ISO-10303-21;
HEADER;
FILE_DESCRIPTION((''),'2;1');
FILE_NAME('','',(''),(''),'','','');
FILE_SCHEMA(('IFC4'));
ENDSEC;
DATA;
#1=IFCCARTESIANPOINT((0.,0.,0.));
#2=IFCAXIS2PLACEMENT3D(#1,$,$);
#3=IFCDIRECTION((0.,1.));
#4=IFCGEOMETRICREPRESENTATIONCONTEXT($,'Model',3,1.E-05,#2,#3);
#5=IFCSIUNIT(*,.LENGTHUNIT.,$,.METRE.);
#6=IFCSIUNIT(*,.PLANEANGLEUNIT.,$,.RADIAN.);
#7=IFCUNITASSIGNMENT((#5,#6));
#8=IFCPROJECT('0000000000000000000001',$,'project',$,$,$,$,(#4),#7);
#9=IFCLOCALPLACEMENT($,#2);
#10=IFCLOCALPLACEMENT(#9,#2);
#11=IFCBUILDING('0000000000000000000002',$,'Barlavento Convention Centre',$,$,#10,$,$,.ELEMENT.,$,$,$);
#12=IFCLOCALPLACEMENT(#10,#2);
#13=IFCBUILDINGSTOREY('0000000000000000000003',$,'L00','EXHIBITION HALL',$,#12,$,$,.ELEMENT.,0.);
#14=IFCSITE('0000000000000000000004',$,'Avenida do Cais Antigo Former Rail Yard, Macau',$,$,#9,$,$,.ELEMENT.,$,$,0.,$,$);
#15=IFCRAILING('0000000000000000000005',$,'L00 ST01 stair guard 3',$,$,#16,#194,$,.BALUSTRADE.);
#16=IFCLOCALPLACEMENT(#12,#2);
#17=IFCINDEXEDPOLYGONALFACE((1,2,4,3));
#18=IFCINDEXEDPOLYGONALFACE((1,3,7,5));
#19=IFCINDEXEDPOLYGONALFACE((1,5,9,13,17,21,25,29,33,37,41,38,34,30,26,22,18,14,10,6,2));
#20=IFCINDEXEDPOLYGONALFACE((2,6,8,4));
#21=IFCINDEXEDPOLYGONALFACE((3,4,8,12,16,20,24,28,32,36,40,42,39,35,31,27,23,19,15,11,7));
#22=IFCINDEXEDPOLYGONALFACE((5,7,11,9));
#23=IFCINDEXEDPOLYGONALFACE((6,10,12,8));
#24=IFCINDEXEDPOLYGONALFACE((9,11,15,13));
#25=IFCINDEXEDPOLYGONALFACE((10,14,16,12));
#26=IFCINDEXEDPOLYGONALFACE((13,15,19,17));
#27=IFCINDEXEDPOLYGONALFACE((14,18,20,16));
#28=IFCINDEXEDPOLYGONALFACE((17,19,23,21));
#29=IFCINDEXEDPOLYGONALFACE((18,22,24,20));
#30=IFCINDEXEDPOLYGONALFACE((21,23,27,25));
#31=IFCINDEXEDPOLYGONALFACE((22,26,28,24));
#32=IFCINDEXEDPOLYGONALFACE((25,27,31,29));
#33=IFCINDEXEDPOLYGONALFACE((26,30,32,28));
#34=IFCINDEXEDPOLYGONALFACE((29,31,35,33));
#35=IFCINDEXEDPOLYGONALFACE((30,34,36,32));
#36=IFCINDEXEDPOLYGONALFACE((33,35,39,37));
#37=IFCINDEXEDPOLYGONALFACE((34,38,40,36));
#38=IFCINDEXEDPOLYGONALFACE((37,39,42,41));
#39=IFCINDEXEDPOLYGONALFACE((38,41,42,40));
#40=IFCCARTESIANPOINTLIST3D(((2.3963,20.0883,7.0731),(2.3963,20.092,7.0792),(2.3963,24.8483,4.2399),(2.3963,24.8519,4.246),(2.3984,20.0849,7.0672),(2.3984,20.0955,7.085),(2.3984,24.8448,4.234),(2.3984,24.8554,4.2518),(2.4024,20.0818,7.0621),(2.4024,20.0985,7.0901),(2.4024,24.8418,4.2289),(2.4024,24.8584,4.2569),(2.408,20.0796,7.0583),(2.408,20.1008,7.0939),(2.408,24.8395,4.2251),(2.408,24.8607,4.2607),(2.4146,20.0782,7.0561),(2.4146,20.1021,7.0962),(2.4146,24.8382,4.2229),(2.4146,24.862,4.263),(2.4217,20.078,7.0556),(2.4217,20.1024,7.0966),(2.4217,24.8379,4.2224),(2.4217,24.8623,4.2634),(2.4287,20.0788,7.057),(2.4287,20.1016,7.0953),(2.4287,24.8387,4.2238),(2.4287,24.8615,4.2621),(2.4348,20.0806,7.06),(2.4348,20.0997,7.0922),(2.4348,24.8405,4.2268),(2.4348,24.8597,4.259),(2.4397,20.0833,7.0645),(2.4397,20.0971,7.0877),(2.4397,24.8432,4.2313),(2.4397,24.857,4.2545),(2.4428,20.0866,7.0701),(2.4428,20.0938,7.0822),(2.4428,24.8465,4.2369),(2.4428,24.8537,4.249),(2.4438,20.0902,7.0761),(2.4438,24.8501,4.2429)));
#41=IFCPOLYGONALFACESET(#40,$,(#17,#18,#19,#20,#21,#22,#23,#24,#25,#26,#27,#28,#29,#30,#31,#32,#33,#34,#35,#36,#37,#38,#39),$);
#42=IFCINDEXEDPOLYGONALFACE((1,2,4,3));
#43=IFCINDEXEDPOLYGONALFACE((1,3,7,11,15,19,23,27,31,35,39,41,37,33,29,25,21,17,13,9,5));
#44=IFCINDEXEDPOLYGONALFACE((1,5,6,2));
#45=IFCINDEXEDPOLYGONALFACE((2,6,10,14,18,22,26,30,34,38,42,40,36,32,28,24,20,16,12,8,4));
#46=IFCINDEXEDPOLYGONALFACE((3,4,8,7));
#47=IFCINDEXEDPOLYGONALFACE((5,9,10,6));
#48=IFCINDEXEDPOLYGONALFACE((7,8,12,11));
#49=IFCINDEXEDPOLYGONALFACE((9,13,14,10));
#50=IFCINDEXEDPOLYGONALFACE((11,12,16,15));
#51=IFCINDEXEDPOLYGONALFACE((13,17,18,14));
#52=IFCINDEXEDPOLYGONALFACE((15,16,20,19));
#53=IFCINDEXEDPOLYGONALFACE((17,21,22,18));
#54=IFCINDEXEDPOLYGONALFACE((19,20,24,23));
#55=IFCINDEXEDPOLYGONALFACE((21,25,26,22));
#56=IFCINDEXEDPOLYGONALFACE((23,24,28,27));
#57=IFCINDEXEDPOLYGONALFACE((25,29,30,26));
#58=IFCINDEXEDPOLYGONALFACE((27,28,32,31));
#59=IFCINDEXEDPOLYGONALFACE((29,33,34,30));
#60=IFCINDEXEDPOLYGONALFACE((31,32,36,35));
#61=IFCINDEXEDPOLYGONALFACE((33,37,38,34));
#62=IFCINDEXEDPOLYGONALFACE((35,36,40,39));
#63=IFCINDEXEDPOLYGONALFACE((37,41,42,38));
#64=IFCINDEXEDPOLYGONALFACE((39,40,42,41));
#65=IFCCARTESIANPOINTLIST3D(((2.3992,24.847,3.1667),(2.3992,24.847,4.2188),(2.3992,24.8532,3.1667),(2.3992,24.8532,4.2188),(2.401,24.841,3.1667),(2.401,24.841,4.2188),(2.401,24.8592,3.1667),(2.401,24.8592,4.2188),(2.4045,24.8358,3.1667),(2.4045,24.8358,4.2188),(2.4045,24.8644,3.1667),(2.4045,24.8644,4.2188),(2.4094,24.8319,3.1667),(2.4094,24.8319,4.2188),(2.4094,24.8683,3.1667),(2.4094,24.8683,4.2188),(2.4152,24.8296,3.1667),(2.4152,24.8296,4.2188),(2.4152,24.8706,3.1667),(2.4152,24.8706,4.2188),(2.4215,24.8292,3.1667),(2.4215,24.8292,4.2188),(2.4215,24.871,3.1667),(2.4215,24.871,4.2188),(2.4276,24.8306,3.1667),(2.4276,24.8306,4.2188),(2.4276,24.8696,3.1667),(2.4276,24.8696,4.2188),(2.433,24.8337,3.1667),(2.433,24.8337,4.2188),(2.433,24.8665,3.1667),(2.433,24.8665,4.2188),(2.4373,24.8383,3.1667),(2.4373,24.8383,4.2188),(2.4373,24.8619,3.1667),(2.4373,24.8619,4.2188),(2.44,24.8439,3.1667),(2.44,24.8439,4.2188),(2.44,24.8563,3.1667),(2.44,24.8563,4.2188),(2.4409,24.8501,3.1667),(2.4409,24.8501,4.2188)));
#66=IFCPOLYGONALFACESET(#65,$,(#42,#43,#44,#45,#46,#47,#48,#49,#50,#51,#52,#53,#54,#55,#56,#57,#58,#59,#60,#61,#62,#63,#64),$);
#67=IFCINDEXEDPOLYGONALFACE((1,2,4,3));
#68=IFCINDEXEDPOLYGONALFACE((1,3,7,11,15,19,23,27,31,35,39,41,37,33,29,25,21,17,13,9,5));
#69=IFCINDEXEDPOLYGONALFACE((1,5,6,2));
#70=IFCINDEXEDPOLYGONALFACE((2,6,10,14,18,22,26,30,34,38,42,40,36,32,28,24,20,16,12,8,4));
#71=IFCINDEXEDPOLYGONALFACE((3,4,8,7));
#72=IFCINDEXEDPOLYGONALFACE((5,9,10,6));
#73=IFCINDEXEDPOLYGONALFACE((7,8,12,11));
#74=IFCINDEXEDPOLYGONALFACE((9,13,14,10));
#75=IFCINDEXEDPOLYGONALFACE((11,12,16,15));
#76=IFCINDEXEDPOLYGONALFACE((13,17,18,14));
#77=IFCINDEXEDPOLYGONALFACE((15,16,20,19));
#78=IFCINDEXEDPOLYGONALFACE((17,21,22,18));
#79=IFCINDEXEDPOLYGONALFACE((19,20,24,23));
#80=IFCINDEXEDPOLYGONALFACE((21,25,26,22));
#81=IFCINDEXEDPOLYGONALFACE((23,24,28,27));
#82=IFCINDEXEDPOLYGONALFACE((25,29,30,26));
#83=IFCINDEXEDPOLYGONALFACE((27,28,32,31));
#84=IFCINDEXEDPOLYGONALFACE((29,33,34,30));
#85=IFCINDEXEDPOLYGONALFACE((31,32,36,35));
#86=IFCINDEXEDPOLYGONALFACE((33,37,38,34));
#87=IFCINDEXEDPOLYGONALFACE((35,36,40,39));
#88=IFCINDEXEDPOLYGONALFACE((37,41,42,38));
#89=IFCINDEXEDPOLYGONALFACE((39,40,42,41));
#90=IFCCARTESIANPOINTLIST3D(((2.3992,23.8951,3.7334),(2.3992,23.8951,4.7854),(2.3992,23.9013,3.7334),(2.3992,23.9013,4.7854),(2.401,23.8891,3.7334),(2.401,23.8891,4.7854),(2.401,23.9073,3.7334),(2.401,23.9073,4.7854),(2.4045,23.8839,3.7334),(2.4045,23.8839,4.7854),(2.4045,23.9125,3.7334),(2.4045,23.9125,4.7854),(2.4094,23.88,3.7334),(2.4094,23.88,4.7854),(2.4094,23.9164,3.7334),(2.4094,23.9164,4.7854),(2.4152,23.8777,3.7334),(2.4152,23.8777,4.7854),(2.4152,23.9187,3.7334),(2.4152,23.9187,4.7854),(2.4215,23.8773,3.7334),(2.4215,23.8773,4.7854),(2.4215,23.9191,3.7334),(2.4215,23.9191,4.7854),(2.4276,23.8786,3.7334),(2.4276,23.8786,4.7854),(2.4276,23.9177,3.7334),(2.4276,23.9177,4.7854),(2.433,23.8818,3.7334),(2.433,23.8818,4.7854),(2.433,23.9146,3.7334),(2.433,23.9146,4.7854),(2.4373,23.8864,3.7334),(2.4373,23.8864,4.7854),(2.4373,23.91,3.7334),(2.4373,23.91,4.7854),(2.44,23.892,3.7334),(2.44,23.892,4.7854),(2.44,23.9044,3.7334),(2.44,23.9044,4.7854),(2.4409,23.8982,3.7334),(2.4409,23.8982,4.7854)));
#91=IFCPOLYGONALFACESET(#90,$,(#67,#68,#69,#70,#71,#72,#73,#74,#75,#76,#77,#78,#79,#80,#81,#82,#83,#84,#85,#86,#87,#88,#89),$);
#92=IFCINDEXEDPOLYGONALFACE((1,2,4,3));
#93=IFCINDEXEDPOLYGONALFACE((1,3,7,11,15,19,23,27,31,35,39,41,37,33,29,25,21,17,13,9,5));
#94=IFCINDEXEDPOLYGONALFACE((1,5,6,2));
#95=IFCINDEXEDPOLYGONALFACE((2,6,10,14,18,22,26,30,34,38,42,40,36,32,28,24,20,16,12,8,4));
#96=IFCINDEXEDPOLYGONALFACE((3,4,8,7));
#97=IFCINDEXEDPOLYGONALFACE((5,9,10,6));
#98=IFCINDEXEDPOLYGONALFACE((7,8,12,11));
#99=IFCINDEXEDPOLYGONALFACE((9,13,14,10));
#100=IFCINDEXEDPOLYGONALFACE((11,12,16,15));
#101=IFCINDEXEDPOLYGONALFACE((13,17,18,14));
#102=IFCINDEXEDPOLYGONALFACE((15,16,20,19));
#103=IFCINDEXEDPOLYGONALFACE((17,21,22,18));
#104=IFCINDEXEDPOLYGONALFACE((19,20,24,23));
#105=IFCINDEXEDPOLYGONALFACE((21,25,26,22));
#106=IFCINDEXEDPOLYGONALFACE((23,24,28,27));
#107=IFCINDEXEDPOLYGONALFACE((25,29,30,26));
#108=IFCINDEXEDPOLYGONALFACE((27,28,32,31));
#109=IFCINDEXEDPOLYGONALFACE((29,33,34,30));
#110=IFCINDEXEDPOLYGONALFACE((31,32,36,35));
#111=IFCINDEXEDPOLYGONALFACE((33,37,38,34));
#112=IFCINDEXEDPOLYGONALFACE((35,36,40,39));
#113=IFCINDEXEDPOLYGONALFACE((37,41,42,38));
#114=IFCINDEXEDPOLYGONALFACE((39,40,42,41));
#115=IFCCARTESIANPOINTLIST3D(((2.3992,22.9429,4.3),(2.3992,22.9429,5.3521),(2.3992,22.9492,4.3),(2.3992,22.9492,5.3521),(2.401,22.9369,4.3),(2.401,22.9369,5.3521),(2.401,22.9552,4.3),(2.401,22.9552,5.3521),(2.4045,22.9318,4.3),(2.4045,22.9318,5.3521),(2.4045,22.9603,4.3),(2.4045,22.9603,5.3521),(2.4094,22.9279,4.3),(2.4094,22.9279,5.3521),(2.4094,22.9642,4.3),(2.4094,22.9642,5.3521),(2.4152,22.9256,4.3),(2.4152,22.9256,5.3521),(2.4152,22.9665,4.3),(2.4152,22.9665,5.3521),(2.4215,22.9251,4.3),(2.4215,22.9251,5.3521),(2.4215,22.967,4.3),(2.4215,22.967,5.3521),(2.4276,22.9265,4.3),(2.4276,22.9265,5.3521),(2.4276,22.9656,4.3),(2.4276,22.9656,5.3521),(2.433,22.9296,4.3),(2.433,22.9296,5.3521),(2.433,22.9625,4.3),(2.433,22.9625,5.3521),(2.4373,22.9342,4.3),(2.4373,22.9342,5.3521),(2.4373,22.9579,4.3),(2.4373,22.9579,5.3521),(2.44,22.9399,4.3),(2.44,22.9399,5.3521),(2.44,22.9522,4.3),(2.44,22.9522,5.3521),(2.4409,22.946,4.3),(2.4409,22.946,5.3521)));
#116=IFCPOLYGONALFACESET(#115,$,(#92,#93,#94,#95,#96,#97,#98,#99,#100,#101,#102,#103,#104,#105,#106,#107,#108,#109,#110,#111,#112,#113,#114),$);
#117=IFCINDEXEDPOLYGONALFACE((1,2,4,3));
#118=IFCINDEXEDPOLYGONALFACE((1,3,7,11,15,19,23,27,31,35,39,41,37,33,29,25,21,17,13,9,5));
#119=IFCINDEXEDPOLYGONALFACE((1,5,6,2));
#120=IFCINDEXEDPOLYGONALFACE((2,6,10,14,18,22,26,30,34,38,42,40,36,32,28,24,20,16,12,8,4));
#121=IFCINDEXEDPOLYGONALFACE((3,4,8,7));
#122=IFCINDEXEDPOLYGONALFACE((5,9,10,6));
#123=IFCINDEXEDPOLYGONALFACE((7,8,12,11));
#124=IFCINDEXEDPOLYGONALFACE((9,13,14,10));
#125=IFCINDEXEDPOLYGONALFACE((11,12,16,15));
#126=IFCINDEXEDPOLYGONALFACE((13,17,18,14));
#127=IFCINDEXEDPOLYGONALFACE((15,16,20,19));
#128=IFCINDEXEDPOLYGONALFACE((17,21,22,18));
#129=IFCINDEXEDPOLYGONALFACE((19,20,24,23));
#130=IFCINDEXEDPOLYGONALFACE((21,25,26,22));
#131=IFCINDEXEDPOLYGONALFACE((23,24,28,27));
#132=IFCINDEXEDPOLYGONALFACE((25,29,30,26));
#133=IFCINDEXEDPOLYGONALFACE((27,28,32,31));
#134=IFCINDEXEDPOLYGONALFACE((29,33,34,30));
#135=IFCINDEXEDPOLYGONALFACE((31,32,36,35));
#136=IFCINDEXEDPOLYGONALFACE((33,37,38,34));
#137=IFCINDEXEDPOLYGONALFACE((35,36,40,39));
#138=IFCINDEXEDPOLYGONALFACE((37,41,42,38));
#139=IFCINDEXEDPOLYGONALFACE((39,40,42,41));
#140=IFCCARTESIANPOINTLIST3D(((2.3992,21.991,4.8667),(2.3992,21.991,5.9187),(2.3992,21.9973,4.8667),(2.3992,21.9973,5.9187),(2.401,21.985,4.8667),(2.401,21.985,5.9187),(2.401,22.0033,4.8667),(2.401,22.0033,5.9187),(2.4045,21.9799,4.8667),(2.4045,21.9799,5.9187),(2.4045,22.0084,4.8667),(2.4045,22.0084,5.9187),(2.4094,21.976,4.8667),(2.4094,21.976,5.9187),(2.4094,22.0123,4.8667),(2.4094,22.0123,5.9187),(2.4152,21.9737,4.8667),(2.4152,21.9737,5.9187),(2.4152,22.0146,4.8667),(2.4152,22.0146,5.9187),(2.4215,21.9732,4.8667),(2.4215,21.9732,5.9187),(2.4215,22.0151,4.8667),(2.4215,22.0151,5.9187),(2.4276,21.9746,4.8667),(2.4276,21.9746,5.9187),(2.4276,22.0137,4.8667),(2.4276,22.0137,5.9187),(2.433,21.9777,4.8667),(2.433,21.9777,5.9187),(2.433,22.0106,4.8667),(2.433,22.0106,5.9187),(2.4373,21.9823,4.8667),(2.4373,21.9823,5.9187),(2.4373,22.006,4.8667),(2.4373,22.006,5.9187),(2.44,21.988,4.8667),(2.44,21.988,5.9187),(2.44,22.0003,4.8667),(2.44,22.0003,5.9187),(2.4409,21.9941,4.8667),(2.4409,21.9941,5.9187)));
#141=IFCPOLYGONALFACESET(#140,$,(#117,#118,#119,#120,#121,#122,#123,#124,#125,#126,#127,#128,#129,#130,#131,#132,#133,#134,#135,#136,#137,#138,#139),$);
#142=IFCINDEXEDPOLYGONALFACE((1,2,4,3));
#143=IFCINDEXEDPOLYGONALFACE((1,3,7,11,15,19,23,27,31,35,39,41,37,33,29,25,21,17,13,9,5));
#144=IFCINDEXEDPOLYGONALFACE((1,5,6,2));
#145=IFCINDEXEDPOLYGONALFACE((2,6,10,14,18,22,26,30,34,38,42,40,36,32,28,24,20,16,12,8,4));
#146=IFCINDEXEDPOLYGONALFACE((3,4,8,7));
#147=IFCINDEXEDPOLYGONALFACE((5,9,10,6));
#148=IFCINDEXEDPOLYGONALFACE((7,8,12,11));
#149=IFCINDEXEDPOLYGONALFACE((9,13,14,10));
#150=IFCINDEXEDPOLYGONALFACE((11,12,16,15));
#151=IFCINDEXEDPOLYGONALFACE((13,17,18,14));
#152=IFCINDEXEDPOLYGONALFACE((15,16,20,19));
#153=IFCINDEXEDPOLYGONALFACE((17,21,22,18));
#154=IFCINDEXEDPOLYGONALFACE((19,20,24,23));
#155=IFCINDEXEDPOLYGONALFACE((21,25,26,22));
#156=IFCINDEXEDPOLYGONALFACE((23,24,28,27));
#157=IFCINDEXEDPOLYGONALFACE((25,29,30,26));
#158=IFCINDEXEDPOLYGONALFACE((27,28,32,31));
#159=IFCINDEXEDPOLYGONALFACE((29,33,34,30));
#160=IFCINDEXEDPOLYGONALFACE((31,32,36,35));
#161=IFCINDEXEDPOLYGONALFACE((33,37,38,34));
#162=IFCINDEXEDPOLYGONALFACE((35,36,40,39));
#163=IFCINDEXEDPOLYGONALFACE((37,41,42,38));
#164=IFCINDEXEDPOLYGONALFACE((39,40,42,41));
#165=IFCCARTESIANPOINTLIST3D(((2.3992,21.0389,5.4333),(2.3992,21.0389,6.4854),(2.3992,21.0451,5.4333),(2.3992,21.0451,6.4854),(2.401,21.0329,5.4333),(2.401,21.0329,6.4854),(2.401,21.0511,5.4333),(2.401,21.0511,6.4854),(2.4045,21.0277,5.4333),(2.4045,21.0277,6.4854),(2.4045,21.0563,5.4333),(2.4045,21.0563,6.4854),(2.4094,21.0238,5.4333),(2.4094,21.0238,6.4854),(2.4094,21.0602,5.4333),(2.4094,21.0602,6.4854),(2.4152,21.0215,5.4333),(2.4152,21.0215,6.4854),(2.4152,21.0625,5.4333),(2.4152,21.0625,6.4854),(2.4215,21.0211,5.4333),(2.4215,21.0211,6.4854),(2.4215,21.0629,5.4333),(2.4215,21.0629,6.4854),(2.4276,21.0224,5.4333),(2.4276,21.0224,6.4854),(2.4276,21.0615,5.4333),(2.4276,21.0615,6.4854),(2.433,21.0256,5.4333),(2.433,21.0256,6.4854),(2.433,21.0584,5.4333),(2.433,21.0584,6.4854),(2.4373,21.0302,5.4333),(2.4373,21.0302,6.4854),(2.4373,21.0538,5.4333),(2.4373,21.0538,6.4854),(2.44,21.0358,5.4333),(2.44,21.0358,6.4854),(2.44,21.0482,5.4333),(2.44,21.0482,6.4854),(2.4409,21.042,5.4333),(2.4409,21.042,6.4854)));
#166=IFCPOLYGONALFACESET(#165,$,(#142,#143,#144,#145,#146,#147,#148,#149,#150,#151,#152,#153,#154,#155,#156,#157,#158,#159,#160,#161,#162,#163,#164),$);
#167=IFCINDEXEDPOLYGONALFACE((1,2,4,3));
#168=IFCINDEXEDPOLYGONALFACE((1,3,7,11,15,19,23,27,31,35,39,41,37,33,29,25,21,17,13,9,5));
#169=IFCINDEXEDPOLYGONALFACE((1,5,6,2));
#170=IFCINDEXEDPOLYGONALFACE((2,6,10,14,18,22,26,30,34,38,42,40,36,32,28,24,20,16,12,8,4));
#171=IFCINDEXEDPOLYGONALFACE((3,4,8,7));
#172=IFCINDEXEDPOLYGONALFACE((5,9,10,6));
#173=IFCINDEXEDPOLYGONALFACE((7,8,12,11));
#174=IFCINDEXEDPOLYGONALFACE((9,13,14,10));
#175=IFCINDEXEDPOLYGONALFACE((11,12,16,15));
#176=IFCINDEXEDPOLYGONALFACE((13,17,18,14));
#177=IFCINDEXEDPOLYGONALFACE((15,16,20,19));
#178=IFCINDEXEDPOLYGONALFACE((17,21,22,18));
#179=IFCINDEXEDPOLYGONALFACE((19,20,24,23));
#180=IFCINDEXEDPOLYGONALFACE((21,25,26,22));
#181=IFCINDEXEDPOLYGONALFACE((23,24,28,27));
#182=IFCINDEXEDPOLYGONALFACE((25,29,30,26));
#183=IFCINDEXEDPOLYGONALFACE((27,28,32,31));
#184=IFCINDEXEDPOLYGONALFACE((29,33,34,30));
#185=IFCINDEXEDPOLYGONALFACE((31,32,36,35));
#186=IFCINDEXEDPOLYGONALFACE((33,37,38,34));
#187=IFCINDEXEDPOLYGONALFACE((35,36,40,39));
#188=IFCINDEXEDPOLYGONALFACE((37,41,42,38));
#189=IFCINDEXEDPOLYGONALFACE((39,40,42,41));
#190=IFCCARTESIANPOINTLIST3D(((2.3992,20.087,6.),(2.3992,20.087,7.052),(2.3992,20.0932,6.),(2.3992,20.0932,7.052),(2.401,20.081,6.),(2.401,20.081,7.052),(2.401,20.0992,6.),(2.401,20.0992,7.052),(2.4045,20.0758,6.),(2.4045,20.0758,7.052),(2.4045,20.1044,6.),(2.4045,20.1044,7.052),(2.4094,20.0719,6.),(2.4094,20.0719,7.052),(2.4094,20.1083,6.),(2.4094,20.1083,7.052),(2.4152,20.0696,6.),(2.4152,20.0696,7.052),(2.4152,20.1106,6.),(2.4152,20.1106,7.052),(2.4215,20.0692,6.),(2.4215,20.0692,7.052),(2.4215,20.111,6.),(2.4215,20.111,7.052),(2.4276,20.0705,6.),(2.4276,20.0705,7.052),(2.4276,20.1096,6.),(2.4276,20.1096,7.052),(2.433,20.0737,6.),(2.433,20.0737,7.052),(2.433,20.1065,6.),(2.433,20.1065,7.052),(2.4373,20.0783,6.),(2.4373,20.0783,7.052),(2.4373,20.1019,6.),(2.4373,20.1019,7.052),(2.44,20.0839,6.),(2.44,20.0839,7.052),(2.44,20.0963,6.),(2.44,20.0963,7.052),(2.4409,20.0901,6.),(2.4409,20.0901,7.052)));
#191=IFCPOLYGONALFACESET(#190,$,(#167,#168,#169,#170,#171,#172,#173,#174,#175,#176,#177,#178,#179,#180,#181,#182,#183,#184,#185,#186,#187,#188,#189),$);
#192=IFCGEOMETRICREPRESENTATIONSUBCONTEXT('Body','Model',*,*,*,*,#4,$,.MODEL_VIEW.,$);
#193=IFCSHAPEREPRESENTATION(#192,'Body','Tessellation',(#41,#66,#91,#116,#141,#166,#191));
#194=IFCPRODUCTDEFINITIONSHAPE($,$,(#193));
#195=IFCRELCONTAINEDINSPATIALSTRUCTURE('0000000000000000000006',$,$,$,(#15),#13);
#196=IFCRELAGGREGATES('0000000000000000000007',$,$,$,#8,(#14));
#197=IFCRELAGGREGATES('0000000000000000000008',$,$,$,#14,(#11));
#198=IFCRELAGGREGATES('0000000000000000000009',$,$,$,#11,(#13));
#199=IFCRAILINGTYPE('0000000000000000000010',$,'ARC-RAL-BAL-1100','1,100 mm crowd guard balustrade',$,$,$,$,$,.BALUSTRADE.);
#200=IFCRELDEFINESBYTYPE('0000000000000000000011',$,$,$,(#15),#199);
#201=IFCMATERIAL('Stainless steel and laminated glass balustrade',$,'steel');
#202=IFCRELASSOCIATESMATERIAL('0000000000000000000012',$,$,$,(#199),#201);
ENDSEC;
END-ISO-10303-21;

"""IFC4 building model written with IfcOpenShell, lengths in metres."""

from ifc_helpers import new_model, si_unit, direction, frame, origin, origin_2d, place, context, subcontext, project, spatial, circle, extrude, material, type_object, element, save


model = new_model("IFC4")

# Units and contexts
model_context = context("Model", 3, precision=1e-05, world=origin(), true_north=direction((0.0, 1.0)))
body_context = subcontext(model_context, "Body", "Model", "MODEL_VIEW")
ifc_project = project(units=[si_unit("LENGTHUNIT", "METRE"), si_unit("PLANEANGLEUNIT", "RADIAN")], contexts=[model_context])

# Site, building, storey
site_placement = place(None, origin())
site = spatial("IfcSite", under=ifc_project, at=site_placement, Name="Avenida do Cais Antigo Former Rail Yard, Macau", CompositionType="ELEMENT", RefElevation=0.0)
building_placement = place(site_placement, origin())
building = spatial("IfcBuilding", under=site, at=building_placement, Name="Barlavento Convention Centre", CompositionType="ELEMENT")
storey_placement = place(building_placement, origin())
storey = spatial("IfcBuildingStorey", under=building, at=storey_placement, Name="L00", Description="EXHIBITION HALL", CompositionType="ELEMENT", Elevation=0.0)

# Railing
ifc_material_1 = material(Name="Stainless steel and laminated glass balustrade", Category="steel")
railing_type_1 = type_object("IfcRailingType", Name="ARC-RAL-BAL-1100", Description="1,100 mm crowd guard balustrade", PredefinedType="BALUSTRADE", material=ifc_material_1)
railing_1_placement = place(storey_placement, frame((2.4199, 24.8501, 3.1667)))
element("IfcRailing", 1, at=railing_1_placement, inside=storey, type_object=railing_type_1, Name="L00 ST01 stair guard 3", PredefinedType="BALUSTRADE", context=body_context, shape_type="SweptSolid", body=[
    extrude(circle(Radius=0.0239, at=origin_2d()), frame((0.0, 0.0, 1.0762), z_axis=(0.0, -0.8593, 0.511472), x_axis=(1.0, 0.0, 0.0)), (0.0, 0.0, 1.0), 5.5393),
    extrude(circle(Radius=0.021, at=origin_2d()), origin(), (0.0, 0.0, 1.0), 1.052),
    extrude(circle(Radius=0.021, at=origin_2d()), frame((0.0, -0.9519, 0.5667)), (0.0, 0.0, 1.0), 1.052),
    extrude(circle(Radius=0.021, at=origin_2d()), frame((0.0, -1.9041, 1.1333)), (0.0, 0.0, 1.0), 1.052),
    extrude(circle(Radius=0.021, at=origin_2d()), frame((0.0, -2.856, 1.7)), (0.0, 0.0, 1.0), 1.052),
    extrude(circle(Radius=0.021, at=origin_2d()), frame((0.0, -3.8081, 2.2666)), (0.0, 0.0, 1.0), 1.052),
    extrude(circle(Radius=0.021, at=origin_2d()), frame((0.0, -4.76, 2.8333)), (0.0, 0.0, 1.0), 1.052),
])

save(model, "model.ifc")
